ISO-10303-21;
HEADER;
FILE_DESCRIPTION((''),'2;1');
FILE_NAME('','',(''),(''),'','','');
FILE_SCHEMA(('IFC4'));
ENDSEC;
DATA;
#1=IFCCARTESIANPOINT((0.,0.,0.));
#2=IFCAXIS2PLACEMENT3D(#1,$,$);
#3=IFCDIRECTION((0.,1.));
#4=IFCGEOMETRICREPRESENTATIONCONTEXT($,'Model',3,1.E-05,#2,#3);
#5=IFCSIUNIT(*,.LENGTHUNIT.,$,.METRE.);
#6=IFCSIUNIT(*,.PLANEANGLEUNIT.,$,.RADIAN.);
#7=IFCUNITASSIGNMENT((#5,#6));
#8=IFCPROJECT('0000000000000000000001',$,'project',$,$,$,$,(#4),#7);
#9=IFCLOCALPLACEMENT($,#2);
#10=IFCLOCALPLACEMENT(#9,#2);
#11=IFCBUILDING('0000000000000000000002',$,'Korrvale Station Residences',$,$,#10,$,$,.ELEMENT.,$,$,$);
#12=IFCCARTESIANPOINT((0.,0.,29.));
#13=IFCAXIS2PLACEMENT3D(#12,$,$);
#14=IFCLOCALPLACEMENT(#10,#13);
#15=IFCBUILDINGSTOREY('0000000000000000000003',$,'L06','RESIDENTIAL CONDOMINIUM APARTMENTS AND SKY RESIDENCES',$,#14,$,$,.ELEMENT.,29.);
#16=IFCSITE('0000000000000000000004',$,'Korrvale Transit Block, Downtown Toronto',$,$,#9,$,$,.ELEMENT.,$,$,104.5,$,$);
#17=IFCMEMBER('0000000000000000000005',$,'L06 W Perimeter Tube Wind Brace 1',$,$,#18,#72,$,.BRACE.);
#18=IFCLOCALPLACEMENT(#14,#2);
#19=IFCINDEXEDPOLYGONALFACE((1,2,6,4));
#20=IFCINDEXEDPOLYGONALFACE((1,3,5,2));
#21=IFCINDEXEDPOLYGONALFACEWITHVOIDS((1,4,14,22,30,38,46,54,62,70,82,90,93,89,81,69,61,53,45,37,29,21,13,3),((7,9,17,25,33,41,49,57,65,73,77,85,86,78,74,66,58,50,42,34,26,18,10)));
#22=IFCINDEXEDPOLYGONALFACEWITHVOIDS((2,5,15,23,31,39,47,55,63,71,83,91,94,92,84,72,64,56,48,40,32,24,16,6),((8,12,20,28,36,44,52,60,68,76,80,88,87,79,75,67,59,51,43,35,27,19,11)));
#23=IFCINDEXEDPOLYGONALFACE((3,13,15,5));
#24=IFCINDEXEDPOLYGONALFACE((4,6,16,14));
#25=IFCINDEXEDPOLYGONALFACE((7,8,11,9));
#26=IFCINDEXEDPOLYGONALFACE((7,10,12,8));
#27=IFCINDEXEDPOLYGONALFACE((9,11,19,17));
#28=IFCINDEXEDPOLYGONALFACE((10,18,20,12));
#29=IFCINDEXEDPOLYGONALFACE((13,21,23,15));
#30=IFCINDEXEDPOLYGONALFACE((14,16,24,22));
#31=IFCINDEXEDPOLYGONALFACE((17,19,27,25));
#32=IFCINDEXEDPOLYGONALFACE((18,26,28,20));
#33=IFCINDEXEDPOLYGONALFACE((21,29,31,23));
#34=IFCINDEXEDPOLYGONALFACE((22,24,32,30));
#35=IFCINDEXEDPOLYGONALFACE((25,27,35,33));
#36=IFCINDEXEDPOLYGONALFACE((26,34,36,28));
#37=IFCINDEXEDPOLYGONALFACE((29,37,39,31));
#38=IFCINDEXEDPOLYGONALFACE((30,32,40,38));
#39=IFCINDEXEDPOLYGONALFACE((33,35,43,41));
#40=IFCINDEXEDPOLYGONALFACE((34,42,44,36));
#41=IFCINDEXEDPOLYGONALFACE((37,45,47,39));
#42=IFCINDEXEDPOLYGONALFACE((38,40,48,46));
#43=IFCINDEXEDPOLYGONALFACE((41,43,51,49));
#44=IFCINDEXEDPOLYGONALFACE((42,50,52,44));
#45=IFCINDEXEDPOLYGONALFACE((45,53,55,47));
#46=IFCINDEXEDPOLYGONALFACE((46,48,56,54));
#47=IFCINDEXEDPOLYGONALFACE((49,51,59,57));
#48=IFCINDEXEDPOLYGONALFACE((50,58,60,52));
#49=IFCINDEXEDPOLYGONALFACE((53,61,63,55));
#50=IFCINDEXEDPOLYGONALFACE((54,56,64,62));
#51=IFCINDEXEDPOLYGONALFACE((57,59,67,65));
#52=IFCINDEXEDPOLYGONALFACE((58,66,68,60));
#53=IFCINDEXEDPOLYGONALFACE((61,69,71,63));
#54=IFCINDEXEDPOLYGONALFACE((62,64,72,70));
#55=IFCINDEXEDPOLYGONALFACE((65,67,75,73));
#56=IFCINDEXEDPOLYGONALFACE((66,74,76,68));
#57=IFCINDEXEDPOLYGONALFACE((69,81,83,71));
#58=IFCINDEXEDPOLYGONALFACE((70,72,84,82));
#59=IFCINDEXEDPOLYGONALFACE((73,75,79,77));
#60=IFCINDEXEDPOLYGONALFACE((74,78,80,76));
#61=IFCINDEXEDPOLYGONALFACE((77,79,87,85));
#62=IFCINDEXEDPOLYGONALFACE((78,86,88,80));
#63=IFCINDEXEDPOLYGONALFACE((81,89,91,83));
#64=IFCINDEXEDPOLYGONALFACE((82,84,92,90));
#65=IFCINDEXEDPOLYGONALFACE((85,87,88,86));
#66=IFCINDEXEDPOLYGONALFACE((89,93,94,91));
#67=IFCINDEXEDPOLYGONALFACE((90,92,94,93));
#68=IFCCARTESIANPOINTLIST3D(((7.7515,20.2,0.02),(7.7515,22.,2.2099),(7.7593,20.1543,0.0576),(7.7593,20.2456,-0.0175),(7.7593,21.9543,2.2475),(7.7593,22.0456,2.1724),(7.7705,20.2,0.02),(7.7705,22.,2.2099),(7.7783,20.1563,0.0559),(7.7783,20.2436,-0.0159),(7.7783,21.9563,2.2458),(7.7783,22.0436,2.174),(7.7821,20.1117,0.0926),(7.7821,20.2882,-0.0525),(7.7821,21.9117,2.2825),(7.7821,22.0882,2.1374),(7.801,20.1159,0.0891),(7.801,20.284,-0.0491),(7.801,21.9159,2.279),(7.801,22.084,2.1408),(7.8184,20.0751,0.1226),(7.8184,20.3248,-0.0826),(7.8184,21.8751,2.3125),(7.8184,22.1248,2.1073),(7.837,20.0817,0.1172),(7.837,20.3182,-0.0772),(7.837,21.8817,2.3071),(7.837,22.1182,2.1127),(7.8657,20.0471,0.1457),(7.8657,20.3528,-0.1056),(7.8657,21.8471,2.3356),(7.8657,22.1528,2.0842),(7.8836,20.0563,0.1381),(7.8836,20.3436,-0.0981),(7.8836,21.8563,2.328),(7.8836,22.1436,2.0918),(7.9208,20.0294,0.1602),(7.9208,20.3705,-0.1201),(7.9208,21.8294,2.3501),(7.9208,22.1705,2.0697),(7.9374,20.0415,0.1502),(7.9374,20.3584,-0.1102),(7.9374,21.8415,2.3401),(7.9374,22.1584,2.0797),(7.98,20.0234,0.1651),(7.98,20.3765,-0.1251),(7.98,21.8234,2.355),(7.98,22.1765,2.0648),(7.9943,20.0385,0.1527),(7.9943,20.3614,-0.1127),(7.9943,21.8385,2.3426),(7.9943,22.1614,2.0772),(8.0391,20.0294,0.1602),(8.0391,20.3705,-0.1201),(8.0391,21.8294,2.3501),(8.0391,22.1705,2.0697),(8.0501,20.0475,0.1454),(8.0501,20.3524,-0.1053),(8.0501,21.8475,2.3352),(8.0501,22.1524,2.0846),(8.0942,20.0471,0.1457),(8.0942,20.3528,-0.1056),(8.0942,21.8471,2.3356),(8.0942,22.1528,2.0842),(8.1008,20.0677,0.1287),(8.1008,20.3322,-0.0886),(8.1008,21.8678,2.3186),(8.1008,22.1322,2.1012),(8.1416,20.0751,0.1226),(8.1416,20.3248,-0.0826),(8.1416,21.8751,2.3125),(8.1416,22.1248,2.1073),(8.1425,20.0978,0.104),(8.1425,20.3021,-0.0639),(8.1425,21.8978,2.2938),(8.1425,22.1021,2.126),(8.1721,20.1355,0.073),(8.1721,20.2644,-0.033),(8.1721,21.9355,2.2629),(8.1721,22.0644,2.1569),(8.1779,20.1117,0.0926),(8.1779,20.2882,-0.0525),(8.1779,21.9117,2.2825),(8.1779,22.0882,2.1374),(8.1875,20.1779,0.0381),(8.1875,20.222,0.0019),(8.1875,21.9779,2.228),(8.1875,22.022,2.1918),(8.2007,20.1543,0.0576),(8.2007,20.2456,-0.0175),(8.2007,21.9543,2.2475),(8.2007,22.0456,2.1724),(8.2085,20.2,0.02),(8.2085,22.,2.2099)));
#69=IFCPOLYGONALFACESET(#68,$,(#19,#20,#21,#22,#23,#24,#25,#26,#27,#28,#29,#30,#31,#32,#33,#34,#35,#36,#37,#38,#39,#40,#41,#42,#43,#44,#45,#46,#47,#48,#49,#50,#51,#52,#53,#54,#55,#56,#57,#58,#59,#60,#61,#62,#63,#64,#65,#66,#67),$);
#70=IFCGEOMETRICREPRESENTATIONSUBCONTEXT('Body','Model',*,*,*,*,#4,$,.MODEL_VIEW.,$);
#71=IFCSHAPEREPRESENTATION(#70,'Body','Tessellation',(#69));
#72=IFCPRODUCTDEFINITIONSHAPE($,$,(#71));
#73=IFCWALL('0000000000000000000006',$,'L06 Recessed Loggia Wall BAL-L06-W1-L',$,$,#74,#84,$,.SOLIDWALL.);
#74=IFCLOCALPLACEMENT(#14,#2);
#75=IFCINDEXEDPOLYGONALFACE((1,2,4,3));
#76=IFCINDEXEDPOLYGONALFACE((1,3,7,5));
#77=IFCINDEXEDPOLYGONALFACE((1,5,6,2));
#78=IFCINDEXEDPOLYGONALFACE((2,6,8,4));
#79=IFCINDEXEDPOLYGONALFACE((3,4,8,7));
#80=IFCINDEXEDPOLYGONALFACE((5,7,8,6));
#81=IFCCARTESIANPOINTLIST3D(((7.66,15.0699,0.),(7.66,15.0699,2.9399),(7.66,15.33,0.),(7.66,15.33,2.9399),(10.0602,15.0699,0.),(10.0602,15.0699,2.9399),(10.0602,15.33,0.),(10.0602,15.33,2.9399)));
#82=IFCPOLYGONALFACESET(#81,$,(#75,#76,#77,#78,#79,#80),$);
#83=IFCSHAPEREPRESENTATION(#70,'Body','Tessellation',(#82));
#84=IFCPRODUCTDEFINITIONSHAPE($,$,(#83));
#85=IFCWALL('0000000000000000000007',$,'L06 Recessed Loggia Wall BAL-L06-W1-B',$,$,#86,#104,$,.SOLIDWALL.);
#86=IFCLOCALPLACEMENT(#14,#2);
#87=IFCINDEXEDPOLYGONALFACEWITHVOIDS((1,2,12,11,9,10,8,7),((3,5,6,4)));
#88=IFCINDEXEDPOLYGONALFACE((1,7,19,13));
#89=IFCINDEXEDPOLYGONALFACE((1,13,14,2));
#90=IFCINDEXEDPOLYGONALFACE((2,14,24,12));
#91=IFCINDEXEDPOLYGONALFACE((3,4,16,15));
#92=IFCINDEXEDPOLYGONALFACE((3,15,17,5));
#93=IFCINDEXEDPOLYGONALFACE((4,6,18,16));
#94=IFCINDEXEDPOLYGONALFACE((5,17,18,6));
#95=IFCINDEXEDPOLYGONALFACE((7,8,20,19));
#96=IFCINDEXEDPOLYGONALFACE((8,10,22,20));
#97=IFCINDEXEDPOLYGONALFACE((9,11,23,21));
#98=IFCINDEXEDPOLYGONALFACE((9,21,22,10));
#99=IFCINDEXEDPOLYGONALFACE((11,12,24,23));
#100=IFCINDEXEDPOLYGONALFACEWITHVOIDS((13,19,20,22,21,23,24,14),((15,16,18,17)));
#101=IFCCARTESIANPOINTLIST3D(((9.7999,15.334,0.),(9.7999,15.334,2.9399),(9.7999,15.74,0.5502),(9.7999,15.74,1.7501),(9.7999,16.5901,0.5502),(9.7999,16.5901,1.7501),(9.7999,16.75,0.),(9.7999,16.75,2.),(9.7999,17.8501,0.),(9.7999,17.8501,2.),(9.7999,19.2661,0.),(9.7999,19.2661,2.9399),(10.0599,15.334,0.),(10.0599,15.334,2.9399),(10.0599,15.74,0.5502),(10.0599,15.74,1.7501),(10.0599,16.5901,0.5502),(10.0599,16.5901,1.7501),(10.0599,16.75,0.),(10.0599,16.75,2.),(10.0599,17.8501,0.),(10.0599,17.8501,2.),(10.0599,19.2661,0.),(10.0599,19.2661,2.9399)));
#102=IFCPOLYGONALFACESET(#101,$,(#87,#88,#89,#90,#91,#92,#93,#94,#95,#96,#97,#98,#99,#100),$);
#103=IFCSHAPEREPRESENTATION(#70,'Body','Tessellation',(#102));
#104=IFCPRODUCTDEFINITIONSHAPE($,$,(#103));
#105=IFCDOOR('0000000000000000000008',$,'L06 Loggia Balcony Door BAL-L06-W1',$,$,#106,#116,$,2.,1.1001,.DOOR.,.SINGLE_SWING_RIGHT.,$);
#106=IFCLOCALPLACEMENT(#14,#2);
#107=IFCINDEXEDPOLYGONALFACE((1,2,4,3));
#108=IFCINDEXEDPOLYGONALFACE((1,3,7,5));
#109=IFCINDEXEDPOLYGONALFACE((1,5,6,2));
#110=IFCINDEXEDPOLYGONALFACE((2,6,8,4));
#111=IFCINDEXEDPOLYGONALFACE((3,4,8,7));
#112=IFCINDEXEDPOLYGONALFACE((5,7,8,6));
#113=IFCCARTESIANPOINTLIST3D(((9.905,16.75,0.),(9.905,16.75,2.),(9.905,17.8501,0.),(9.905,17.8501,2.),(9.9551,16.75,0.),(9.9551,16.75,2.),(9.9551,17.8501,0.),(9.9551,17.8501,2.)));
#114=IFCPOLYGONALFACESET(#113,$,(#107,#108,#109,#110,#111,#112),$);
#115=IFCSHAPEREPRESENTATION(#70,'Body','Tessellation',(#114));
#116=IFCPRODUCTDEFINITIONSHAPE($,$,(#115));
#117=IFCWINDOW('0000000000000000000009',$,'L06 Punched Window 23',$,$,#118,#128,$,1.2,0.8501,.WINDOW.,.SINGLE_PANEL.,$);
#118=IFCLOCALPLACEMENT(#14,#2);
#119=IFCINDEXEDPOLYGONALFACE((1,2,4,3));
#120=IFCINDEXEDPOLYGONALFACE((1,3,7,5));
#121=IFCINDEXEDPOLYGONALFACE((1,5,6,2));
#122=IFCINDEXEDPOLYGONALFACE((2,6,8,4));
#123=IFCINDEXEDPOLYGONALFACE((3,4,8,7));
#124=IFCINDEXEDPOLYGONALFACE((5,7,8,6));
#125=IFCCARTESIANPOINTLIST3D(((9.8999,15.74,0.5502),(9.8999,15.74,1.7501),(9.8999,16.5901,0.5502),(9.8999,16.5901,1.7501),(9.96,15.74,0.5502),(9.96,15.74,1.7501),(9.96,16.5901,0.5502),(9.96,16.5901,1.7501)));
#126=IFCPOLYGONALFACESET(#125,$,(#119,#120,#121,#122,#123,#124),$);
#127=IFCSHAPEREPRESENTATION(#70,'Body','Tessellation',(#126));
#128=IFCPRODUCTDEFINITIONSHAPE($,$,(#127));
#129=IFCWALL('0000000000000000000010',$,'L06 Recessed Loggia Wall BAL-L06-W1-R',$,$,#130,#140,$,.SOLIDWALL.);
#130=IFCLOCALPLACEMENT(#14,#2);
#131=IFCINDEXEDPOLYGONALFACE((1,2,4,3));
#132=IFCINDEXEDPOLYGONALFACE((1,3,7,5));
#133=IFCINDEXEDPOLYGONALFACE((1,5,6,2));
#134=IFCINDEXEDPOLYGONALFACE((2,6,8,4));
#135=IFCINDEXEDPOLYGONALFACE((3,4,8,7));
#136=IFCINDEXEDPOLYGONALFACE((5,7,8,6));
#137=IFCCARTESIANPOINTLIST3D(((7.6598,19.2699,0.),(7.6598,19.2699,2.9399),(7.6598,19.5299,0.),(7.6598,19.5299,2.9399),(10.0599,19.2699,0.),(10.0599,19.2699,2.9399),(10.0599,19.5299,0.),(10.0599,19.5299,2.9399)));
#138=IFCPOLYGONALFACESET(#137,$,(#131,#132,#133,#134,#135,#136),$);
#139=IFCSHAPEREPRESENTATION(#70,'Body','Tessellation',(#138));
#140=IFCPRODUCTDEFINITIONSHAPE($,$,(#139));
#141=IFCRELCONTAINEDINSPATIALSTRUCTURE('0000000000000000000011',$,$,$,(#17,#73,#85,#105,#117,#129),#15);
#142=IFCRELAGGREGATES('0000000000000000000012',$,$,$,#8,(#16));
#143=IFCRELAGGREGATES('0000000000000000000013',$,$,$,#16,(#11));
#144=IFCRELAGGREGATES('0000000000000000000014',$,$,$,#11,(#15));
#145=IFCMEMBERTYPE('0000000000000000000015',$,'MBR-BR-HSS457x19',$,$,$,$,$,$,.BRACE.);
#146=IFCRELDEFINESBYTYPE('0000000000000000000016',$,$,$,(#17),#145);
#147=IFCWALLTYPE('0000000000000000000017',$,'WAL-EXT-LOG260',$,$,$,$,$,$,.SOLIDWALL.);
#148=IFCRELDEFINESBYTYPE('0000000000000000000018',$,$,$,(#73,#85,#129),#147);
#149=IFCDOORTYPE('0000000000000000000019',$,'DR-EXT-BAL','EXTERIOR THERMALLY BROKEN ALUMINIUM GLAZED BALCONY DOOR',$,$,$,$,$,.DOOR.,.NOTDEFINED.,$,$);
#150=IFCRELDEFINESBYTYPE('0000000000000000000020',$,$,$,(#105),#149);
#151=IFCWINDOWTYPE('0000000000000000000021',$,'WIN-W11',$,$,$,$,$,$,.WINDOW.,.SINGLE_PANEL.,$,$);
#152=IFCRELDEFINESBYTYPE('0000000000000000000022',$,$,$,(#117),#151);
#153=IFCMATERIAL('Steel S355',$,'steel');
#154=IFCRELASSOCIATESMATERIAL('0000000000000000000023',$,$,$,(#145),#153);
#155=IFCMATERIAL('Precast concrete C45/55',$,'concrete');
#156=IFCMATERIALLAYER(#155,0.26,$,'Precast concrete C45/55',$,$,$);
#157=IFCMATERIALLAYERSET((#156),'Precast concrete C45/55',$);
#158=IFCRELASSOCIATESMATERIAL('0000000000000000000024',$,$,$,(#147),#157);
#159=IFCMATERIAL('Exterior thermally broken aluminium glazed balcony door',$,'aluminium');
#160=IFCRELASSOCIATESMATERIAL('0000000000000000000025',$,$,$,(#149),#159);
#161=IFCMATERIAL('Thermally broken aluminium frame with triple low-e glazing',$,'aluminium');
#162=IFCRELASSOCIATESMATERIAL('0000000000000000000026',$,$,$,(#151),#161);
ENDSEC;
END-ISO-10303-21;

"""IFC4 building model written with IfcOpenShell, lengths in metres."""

from ifc_helpers import new_model, si_unit, direction, frame, frame_2d, origin, origin_2d, place, context, subcontext, project, spatial, rectangle, hollow_circle, extrude, material, layer, layer_set, material_profile, profile_set, type_object, element, fill, save


model = new_model("IFC4")

# Units and contexts
model_context = context("Model", 3, precision=1e-05, world=origin(), true_north=direction((0.0, 1.0)))
body_context = subcontext(model_context, "Body", "Model", "MODEL_VIEW")
ifc_project = project(units=[si_unit("LENGTHUNIT", "METRE"), si_unit("PLANEANGLEUNIT", "RADIAN")], contexts=[model_context])

# Site, building, storey
site_placement = place(None, origin())
site = spatial("IfcSite", under=ifc_project, at=site_placement, Name="Korrvale Transit Block, Downtown Toronto", CompositionType="ELEMENT", RefElevation=104.5)
building_placement = place(site_placement, origin())
building = spatial("IfcBuilding", under=site, at=building_placement, Name="Korrvale Station Residences", CompositionType="ELEMENT")
storey_placement = place(building_placement, frame((0.0, 0.0, 29.0)))
storey = spatial("IfcBuildingStorey", under=building, at=storey_placement, Name="L06", Description="RESIDENTIAL CONDOMINIUM APARTMENTS AND SKY RESIDENCES", CompositionType="ELEMENT", Elevation=29.0)

# Shared definitions
ifc_material_1 = material(Name="Steel S355", Category="steel")

# Member
ifc_material_profile_1 = material_profile(ifc_material_1, hollow_circle(Radius=0.2285, WallThickness=0.019, at=origin_2d()), Name="HSS457x19")
ifc_profile_set_1 = profile_set([ifc_material_profile_1], Name="Steel S355")
member_type = type_object("IfcMemberType", Name="MBR-BR-HSS457x19", PredefinedType="BRACE", material=ifc_profile_set_1)
member_placement = place(storey_placement, frame((7.98, 20.2, 0.02), z_axis=(0.0, 0.634985, 0.772524), x_axis=(-1.0, 0.0, 0.0)))
element("IfcMember", 1, at=member_placement, inside=storey, type_object=member_type, Name="L06 W Perimeter Tube Wind Brace 1", PredefinedType="BRACE", context=body_context, shape_type="SweptSolid", body=[
    extrude(hollow_circle(Radius=0.2285, WallThickness=0.019, at=origin_2d()), origin(), (0.0, 0.0, 1.0), 2.8347),
])

# Wall
ifc_material_2 = material(Name="Precast concrete C45/55", Category="concrete")
ifc_layer_1 = layer(ifc_material_2, 0.26, Name="Precast concrete C45/55")
ifc_layer_set_1 = layer_set([ifc_layer_1], Name="Precast concrete C45/55")
wall_type_1 = type_object("IfcWallType", Name="WAL-EXT-LOG260", PredefinedType="SOLIDWALL", material=ifc_layer_set_1)
wall_1_placement = place(storey_placement, frame((7.6599, 15.2, 0.0), z_axis=(0.0, 0.0, 1.0), x_axis=(1.0, 0.0, 0.0)))
element("IfcWall", 2, at=wall_1_placement, inside=storey, type_object=wall_type_1, Name="L06 Recessed Loggia Wall BAL-L06-W1-L", PredefinedType="SOLIDWALL", context=body_context, shape_type="SweptSolid", body=[
    extrude(rectangle(XDim=2.4001, YDim=0.26, at=frame_2d((1.2002, 0.0))), origin(), (0.0, 0.0, 1.0), 2.9399),
])

# Wall, openings, door, window
wall_2_placement = place(storey_placement, frame((9.9299, 15.334, 0.0), z_axis=(0.0, 0.0, 1.0), x_axis=(0.0, 1.0, 0.0)))
wall_2 = element("IfcWall", 3, at=wall_2_placement, inside=storey, type_object=wall_type_1, Name="L06 Recessed Loggia Wall BAL-L06-W1-B", PredefinedType="SOLIDWALL", context=body_context, shape_type="SweptSolid", body=[
    extrude(rectangle(XDim=3.9321, YDim=0.26, at=frame_2d((1.9661, 0.0))), origin(), (0.0, 0.0, 1.0), 2.9399),
])
opening_1_placement = place(wall_2_placement, frame((1.416, 0.0, 0.0)))
opening_1 = element("IfcOpeningElement", 4, at=opening_1_placement, cuts=wall_2, PredefinedType="OPENING", context=body_context, shape_type="SweptSolid", body=[
    extrude(rectangle(XDim=1.1001, YDim=2.0, at=frame_2d((0.55, 1.0))), frame((0.0, 0.1401, 0.0), z_axis=(0.0, -1.0, 0.0), x_axis=(1.0, 0.0, 0.0)), (0.0, 0.0, 1.0), 0.28),
])
opening_2_placement = place(wall_2_placement, frame((0.406, 0.0, 0.55)))
opening_2 = element("IfcOpeningElement", 5, at=opening_2_placement, cuts=wall_2, PredefinedType="OPENING", context=body_context, shape_type="SweptSolid", body=[
    extrude(rectangle(XDim=0.8501, YDim=1.2, at=frame_2d((0.425, 0.6001))), frame((0.0, 0.1401, 0.0), z_axis=(0.0, -1.0, 0.0), x_axis=(1.0, 0.0, 0.0)), (0.0, 0.0, 1.0), 0.28),
])
ifc_material_3 = material(Name="Exterior thermally broken aluminium glazed balcony door", Category="aluminium")
door_type_1 = type_object("IfcDoorType", Name="DR-EXT-BAL", Description="EXTERIOR THERMALLY BROKEN ALUMINIUM GLAZED BALCONY DOOR", OperationType="NOTDEFINED", PredefinedType="DOOR", material=ifc_material_3)
door_1_placement = place(opening_1_placement, origin())
door_1 = element("IfcDoor", 6, at=door_1_placement, inside=storey, type_object=door_type_1, Name="L06 Loggia Balcony Door BAL-L06-W1", OperationType="SINGLE_SWING_RIGHT", OverallHeight=2.0, OverallWidth=1.1001, PredefinedType="DOOR", context=body_context, shape_type="SweptSolid", body=[
    extrude(rectangle(XDim=1.1001, YDim=2.0, at=frame_2d((0.55, 1.0))), frame((0.0, 0.0249, 0.0), z_axis=(0.0, -1.0, 0.0), x_axis=(1.0, 0.0, 0.0)), (0.0, 0.0, 1.0), 0.05),
])
fill(opening_1, door_1)
ifc_material_4 = material(Name="Thermally broken aluminium frame with triple low-e glazing", Category="aluminium")
window_type_1 = type_object("IfcWindowType", Name="WIN-W11", PartitioningType="SINGLE_PANEL", PredefinedType="WINDOW", material=ifc_material_4)
window_1_placement = place(opening_2_placement, origin())
window_1 = element("IfcWindow", 7, at=window_1_placement, inside=storey, type_object=window_type_1, Name="L06 Punched Window 23", OverallHeight=1.2, OverallWidth=0.8501, PartitioningType="SINGLE_PANEL", PredefinedType="WINDOW", context=body_context, shape_type="SweptSolid", body=[
    extrude(rectangle(XDim=0.8501, YDim=1.2, at=frame_2d((0.425, 0.6001))), frame((0.0, 0.03, 0.0), z_axis=(0.0, -1.0, 0.0), x_axis=(1.0, 0.0, 0.0)), (0.0, 0.0, 1.0), 0.0601),
])
fill(opening_2, window_1)

# Wall
wall_3_placement = place(storey_placement, frame((10.0601, 19.3999, 0.0), z_axis=(0.0, 0.0, 1.0), x_axis=(-1.0, 0.0, 0.0)))
element("IfcWall", 8, at=wall_3_placement, inside=storey, type_object=wall_type_1, Name="L06 Recessed Loggia Wall BAL-L06-W1-R", PredefinedType="SOLIDWALL", context=body_context, shape_type="SweptSolid", body=[
    extrude(rectangle(XDim=2.4001, YDim=0.26, at=frame_2d((1.2002, 0.0))), origin(), (0.0, 0.0, 1.0), 2.9399),
])

save(model, "model.ifc")
